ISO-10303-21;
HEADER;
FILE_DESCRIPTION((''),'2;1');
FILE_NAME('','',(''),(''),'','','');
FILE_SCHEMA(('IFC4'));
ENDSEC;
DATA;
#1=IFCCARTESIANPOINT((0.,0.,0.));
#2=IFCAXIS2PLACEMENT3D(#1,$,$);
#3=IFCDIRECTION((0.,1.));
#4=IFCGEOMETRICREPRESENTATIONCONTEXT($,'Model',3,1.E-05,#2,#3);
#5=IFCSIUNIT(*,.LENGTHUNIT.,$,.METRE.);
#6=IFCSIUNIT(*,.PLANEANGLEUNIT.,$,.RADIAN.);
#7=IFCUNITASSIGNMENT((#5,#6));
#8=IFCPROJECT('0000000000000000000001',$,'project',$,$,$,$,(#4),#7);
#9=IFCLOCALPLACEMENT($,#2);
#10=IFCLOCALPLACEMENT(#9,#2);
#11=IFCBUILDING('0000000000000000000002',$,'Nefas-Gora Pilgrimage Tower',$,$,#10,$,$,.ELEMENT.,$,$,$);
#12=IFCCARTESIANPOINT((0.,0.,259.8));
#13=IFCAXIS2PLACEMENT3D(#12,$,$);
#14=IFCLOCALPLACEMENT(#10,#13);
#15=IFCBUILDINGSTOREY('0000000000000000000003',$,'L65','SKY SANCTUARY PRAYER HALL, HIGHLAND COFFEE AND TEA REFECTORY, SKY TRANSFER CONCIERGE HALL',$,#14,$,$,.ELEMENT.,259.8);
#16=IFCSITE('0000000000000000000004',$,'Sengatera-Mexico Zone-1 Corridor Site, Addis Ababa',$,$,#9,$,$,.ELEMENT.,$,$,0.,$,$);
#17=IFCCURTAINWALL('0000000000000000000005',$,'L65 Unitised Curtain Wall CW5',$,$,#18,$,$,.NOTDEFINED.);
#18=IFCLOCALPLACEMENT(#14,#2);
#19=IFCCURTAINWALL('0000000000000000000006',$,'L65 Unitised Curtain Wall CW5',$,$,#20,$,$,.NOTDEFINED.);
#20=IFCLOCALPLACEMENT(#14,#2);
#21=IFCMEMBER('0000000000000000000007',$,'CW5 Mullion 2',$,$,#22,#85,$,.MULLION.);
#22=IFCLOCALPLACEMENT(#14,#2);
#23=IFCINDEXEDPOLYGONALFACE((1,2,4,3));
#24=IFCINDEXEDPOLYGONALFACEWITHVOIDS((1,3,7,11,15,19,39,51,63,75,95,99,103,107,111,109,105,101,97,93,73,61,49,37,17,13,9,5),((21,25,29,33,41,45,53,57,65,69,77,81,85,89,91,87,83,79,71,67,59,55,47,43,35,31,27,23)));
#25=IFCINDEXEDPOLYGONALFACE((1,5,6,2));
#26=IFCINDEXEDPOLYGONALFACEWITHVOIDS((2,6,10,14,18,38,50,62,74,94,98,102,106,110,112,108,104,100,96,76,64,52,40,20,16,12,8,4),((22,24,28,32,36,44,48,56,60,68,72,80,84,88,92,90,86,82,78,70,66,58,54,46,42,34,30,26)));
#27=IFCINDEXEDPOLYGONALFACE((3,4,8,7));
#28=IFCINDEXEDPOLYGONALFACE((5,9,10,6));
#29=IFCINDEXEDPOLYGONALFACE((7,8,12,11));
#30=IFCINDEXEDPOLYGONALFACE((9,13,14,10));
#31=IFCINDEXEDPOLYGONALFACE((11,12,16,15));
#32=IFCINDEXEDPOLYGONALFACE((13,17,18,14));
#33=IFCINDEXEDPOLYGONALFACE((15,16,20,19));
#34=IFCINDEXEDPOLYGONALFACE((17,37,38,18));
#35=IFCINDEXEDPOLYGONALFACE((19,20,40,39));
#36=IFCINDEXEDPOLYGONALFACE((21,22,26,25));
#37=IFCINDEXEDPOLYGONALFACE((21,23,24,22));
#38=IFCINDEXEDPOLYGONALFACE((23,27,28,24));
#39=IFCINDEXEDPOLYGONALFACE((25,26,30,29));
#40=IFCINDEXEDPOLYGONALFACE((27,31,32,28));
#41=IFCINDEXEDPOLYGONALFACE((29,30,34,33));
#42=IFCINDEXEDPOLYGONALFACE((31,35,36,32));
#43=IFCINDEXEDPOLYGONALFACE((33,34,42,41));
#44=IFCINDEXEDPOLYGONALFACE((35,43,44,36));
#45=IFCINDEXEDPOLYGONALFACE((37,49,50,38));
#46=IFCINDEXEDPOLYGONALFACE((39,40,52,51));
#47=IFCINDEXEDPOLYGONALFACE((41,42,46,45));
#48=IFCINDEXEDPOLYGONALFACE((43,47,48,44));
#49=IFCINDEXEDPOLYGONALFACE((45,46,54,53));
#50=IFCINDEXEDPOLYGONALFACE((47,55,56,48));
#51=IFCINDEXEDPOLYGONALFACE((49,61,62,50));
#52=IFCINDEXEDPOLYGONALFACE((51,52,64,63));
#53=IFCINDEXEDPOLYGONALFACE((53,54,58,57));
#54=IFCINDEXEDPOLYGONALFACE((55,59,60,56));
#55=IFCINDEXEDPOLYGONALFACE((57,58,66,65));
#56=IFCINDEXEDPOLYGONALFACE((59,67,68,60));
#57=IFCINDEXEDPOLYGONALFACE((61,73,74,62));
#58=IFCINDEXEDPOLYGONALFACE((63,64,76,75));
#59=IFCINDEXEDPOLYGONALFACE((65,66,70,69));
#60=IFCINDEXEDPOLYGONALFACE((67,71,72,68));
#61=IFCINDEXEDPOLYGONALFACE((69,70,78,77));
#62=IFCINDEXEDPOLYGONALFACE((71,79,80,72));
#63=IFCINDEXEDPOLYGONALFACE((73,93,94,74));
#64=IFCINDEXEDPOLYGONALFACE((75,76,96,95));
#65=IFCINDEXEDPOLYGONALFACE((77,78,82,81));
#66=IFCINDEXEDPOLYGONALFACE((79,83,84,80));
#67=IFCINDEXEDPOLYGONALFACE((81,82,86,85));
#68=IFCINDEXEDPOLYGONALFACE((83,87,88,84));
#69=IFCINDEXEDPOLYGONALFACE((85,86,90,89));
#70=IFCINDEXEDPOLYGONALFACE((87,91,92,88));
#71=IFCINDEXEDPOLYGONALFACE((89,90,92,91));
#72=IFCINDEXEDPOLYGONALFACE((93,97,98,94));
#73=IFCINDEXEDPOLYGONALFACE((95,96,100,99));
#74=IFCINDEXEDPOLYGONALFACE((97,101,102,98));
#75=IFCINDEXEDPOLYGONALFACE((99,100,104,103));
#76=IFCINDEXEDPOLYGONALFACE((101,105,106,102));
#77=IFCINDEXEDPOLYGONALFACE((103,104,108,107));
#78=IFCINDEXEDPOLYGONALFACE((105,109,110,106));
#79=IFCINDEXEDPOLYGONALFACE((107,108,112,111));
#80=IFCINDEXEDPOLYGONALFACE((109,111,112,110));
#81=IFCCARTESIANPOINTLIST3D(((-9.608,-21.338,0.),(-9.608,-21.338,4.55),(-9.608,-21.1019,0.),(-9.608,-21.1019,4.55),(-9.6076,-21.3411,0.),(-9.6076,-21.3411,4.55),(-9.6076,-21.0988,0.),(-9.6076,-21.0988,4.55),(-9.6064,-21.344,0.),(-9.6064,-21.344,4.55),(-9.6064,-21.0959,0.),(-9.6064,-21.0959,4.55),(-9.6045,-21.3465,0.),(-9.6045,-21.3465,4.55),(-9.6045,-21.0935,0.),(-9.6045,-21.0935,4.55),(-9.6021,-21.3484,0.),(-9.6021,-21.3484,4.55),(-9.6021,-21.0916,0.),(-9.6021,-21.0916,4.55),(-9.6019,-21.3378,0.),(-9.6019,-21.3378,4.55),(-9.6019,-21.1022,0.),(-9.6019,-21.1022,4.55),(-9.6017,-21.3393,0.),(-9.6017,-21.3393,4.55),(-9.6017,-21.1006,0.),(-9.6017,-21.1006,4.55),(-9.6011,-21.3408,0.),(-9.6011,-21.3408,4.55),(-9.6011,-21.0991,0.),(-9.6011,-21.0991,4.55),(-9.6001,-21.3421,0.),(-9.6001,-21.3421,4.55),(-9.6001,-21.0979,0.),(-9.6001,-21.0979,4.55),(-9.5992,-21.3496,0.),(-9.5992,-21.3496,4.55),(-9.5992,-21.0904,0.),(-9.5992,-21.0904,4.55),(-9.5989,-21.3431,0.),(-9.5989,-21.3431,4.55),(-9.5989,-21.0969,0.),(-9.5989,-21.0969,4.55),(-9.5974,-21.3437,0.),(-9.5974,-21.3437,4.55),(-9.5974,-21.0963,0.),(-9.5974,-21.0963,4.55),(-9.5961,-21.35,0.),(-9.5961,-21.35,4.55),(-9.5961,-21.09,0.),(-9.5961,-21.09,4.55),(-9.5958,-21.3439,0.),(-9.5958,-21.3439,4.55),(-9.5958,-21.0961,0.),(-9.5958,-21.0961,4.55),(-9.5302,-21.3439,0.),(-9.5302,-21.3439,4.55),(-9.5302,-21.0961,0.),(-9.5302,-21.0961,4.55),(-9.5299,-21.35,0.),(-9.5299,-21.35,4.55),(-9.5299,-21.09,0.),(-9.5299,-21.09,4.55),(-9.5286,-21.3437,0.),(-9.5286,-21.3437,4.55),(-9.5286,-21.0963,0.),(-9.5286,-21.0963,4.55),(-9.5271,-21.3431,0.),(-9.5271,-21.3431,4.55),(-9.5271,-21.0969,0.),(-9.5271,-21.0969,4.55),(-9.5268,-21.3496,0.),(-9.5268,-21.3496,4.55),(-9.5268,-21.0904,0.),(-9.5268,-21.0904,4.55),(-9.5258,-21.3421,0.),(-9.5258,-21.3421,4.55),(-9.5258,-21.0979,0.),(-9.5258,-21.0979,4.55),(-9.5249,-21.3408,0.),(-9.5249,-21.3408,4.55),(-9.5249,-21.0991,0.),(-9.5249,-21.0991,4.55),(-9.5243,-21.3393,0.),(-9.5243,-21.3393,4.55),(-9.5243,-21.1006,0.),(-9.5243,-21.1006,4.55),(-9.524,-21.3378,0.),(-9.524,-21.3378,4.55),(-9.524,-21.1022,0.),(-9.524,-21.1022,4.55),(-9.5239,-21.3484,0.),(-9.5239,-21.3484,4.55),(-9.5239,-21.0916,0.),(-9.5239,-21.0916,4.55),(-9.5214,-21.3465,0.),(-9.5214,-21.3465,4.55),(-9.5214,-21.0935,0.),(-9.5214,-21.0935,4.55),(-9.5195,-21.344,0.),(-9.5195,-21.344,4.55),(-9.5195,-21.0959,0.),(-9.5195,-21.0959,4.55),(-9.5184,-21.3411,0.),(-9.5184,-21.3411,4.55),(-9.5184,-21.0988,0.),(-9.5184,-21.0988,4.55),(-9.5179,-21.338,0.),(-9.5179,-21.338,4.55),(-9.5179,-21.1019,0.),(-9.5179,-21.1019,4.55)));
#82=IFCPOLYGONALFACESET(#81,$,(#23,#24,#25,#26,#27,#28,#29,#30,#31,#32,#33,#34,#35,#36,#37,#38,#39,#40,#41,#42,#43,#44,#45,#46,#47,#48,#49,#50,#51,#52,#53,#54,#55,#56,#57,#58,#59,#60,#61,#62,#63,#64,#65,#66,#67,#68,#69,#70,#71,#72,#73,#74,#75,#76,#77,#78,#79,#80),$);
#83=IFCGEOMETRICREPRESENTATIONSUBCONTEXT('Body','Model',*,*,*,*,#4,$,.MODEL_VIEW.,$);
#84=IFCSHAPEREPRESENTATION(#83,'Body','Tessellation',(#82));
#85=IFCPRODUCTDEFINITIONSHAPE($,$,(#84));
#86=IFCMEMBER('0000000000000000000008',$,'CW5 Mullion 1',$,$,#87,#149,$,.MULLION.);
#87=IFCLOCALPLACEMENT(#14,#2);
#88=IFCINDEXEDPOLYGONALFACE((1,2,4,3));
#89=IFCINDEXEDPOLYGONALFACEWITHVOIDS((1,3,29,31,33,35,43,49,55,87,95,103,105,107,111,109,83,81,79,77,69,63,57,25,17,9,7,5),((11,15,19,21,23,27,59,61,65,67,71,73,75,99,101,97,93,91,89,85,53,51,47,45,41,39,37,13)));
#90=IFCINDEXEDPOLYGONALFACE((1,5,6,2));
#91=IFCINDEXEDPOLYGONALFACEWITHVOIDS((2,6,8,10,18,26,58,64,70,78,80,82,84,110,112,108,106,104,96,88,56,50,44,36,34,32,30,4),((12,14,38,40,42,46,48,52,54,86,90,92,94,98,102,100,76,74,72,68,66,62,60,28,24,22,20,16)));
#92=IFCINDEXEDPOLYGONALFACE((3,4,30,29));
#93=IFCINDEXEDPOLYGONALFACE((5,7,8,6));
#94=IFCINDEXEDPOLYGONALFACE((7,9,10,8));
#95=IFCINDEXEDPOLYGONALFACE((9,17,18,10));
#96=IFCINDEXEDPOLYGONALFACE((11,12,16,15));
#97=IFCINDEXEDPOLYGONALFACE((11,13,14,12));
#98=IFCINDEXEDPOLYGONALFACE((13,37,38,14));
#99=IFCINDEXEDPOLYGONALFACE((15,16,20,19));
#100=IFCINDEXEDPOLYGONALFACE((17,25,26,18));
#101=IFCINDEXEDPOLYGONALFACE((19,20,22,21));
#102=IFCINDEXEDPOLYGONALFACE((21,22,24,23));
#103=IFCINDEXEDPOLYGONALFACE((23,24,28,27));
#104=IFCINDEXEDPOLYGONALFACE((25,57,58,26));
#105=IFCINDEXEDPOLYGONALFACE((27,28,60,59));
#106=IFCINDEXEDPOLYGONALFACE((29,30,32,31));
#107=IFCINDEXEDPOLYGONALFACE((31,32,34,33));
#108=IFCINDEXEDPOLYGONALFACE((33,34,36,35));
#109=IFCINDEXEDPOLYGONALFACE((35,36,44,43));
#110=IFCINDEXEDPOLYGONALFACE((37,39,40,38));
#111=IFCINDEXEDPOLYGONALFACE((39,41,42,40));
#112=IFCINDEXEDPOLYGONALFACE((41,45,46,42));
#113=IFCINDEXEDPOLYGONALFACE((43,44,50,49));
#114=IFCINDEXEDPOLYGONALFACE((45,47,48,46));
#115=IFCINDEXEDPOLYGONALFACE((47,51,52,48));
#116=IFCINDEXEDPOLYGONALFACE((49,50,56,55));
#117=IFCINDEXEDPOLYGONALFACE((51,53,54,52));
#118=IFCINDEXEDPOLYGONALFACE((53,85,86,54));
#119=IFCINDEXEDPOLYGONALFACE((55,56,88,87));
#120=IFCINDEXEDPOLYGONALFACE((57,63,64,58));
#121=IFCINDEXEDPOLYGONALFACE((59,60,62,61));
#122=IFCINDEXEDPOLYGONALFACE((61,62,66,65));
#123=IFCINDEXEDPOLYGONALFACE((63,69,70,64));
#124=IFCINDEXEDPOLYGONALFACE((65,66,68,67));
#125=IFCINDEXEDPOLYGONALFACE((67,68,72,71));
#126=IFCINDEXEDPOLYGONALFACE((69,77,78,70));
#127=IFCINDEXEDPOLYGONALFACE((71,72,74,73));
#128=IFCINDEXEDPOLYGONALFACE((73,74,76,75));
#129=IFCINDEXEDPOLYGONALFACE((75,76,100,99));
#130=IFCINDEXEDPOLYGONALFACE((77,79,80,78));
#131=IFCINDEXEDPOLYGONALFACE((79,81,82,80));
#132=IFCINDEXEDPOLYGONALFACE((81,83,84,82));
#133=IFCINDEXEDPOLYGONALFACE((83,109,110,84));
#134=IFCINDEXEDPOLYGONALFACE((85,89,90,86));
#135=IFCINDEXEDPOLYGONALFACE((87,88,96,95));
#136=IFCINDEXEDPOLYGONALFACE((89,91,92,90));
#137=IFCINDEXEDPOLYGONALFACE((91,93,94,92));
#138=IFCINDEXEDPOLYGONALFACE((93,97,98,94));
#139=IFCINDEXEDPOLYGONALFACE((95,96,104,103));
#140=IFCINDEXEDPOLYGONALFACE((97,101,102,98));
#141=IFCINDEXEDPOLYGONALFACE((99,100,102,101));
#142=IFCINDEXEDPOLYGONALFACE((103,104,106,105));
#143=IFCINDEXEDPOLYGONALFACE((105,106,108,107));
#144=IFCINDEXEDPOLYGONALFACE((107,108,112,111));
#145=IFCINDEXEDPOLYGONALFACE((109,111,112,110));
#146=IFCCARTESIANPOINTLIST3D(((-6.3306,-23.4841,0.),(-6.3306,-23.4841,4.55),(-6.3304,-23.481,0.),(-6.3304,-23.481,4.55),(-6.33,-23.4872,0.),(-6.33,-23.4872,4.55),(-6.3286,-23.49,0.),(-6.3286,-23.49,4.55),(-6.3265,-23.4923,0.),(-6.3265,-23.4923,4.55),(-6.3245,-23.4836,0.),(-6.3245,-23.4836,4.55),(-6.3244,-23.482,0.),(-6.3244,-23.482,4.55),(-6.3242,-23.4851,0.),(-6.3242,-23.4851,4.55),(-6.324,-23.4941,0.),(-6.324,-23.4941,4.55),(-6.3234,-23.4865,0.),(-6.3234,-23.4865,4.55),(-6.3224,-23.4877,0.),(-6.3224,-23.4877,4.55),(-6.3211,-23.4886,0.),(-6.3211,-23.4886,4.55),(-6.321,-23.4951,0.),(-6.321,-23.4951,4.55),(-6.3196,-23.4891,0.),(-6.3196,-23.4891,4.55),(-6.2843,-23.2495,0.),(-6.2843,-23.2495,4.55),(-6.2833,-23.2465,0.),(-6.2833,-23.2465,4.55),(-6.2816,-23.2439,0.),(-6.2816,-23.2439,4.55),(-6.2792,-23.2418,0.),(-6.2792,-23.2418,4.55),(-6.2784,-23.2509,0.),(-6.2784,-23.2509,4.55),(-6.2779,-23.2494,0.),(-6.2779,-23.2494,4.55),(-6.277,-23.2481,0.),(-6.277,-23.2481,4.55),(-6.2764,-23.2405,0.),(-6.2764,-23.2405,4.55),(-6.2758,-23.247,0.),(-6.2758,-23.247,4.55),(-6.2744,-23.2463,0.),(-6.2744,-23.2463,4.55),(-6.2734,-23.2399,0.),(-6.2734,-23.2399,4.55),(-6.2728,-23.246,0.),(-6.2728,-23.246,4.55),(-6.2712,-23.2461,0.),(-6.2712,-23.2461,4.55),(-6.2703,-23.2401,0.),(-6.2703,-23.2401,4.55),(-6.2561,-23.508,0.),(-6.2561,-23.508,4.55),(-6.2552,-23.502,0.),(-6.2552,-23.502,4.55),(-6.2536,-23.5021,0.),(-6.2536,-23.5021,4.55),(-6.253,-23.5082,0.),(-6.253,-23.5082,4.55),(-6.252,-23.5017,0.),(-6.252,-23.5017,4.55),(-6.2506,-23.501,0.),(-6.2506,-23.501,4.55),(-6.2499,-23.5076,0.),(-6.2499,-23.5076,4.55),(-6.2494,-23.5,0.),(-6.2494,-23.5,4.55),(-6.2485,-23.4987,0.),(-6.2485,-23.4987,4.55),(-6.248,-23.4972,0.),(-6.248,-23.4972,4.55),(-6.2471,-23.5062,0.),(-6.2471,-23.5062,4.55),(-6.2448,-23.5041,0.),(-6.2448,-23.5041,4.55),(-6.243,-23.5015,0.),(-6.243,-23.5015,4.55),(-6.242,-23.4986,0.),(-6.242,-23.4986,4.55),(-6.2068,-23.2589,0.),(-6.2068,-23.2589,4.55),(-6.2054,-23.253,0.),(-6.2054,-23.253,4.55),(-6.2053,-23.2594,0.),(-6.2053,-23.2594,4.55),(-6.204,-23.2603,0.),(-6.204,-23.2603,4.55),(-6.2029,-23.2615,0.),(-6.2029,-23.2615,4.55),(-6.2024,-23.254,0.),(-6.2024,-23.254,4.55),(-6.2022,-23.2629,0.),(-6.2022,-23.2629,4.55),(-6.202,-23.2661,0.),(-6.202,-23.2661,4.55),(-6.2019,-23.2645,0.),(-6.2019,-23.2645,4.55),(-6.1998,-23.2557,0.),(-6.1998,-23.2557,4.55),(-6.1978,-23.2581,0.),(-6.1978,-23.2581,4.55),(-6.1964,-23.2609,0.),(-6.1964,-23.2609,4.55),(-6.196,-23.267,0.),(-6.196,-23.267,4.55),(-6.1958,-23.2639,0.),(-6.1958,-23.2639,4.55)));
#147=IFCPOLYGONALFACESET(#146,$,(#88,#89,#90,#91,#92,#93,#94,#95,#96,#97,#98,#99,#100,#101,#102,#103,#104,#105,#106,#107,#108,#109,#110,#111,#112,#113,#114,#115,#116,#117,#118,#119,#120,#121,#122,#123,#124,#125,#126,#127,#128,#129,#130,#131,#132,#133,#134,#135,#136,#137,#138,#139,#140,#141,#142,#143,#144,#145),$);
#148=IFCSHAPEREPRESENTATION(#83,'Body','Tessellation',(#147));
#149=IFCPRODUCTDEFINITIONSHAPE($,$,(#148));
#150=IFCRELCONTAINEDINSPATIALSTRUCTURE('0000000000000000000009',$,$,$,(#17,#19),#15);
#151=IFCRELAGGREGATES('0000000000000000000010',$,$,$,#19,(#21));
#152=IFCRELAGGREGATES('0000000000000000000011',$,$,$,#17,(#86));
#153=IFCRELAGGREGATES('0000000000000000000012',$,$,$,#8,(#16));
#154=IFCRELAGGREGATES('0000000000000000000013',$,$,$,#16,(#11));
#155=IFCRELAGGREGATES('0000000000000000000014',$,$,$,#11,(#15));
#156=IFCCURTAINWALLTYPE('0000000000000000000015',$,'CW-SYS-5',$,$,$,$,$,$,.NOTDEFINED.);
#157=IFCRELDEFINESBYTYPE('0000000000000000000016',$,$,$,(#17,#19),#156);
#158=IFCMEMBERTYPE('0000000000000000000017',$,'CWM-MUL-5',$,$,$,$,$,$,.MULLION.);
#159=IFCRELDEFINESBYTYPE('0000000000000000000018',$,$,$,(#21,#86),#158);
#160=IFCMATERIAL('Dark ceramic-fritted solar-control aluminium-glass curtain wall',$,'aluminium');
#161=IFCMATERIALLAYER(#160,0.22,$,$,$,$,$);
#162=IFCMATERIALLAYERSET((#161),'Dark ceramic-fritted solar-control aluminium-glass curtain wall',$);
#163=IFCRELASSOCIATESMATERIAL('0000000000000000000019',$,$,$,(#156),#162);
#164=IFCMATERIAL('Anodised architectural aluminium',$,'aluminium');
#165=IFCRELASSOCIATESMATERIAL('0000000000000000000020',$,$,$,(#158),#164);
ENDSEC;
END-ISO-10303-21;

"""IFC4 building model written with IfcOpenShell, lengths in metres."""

from ifc_helpers import new_model, si_unit, direction, frame, origin, origin_2d, place, context, subcontext, project, spatial, hollow_rectangle, extrude, source, transform, mapped, material, layer, layer_set, material_profile, profile_set, type_object, element, aggregate, save


model = new_model("IFC4")

# Units and contexts
model_context = context("Model", 3, precision=1e-05, world=origin(), true_north=direction((0.0, 1.0)))
body_context = subcontext(model_context, "Body", "Model", "MODEL_VIEW")
ifc_project = project(units=[si_unit("LENGTHUNIT", "METRE"), si_unit("PLANEANGLEUNIT", "RADIAN")], contexts=[model_context])

# Site, building, storey
site_placement = place(None, origin())
site = spatial("IfcSite", under=ifc_project, at=site_placement, Name="Sengatera-Mexico Zone-1 Corridor Site, Addis Ababa", CompositionType="ELEMENT", RefElevation=0.0)
building_placement = place(site_placement, origin())
building = spatial("IfcBuilding", under=site, at=building_placement, Name="Nefas-Gora Pilgrimage Tower", CompositionType="ELEMENT")
storey_placement = place(building_placement, frame((0.0, 0.0, 259.8)))
storey = spatial("IfcBuildingStorey", under=building, at=storey_placement, Name="L65", Description="SKY SANCTUARY PRAYER HALL, HIGHLAND COFFEE AND TEA REFECTORY, SKY TRANSFER CONCIERGE HALL", CompositionType="ELEMENT", Elevation=259.8)

# Curtain walls, member
ifc_material_1 = material(Name="Dark ceramic-fritted solar-control aluminium-glass curtain wall", Category="aluminium")
ifc_layer_1 = layer(ifc_material_1, 0.22)
ifc_layer_set_1 = layer_set([ifc_layer_1], Name="Dark ceramic-fritted solar-control aluminium-glass curtain wall")
curtain_wall_type = type_object("IfcCurtainWallType", Name="CW-SYS-5", PredefinedType="NOTDEFINED", material=ifc_layer_set_1)
curtain_wall_1_placement = place(storey_placement, origin())
curtain_wall_1 = element("IfcCurtainWall", 1, at=curtain_wall_1_placement, inside=storey, type_object=curtain_wall_type, Name="L65 Unitised Curtain Wall CW5", PredefinedType="NOTDEFINED")
ifc_material_2 = material(Name="Anodised architectural aluminium", Category="aluminium")
curtain_wall_2_placement = place(storey_placement, origin())
curtain_wall_2 = element("IfcCurtainWall", 2, at=curtain_wall_2_placement, inside=storey, type_object=curtain_wall_type, Name="L65 Unitised Curtain Wall CW5", PredefinedType="NOTDEFINED")
ifc_material_profile_1 = material_profile(ifc_material_2, hollow_rectangle(XDim=0.0901, YDim=0.26, WallThickness=0.0061, InnerFilletRadius=0.0061, OuterFilletRadius=0.012, at=origin_2d()), Name="ALU MULLION 90x260")
ifc_profile_set_1 = profile_set([ifc_material_profile_1], Name="Anodised architectural aluminium")
member_type_1 = type_object("IfcMemberType", Name="CWM-MUL-5", PredefinedType="MULLION", material=ifc_profile_set_1)
shared_shape_1 = source(origin(), body_context, "Body", "SweptSolid", [
    extrude(hollow_rectangle(XDim=0.0901, YDim=0.26, WallThickness=0.0061, InnerFilletRadius=0.0061, OuterFilletRadius=0.012, at=origin_2d()), origin(), (0.0, 0.0, 1.0), 4.55),
])
member_1_placement = place(storey_placement, frame((-9.563, -21.22, 0.0), z_axis=(0.0, 0.0, 1.0), x_axis=(1.0, 0.0, 0.0)))
member_1 = element("IfcMember", 3, at=member_1_placement, type_object=member_type_1, Name="CW5 Mullion 2", PredefinedType="MULLION", context=body_context, shape_type="MappedRepresentation", body=[
    mapped(shared_shape_1, transform((0.0, 0.0, 0.0), x_axis=(1.0, 0.0, 0.0), y_axis=(0.0, 1.0, 0.0), z_axis=(0.0, 0.0, 1.0), scale=1.0)),
])
aggregate(curtain_wall_2, [member_1])

# Member
member_2_placement = place(storey_placement, frame((-6.2632, -23.374, 0.0), z_axis=(0.0, 0.0, 1.0), x_axis=(0.980783, -0.195102, 0.0)))
member_2 = element("IfcMember", 4, at=member_2_placement, type_object=member_type_1, Name="CW5 Mullion 1", PredefinedType="MULLION", context=body_context, shape_type="MappedRepresentation", body=[
    mapped(shared_shape_1, transform((0.0, 0.0, 0.0), x_axis=(1.0, 0.0, 0.0), y_axis=(0.0, 1.0, 0.0), z_axis=(0.0, 0.0, 1.0), scale=1.0)),
])

aggregate(curtain_wall_1, [member_2])

save(model, "model.ifc")
